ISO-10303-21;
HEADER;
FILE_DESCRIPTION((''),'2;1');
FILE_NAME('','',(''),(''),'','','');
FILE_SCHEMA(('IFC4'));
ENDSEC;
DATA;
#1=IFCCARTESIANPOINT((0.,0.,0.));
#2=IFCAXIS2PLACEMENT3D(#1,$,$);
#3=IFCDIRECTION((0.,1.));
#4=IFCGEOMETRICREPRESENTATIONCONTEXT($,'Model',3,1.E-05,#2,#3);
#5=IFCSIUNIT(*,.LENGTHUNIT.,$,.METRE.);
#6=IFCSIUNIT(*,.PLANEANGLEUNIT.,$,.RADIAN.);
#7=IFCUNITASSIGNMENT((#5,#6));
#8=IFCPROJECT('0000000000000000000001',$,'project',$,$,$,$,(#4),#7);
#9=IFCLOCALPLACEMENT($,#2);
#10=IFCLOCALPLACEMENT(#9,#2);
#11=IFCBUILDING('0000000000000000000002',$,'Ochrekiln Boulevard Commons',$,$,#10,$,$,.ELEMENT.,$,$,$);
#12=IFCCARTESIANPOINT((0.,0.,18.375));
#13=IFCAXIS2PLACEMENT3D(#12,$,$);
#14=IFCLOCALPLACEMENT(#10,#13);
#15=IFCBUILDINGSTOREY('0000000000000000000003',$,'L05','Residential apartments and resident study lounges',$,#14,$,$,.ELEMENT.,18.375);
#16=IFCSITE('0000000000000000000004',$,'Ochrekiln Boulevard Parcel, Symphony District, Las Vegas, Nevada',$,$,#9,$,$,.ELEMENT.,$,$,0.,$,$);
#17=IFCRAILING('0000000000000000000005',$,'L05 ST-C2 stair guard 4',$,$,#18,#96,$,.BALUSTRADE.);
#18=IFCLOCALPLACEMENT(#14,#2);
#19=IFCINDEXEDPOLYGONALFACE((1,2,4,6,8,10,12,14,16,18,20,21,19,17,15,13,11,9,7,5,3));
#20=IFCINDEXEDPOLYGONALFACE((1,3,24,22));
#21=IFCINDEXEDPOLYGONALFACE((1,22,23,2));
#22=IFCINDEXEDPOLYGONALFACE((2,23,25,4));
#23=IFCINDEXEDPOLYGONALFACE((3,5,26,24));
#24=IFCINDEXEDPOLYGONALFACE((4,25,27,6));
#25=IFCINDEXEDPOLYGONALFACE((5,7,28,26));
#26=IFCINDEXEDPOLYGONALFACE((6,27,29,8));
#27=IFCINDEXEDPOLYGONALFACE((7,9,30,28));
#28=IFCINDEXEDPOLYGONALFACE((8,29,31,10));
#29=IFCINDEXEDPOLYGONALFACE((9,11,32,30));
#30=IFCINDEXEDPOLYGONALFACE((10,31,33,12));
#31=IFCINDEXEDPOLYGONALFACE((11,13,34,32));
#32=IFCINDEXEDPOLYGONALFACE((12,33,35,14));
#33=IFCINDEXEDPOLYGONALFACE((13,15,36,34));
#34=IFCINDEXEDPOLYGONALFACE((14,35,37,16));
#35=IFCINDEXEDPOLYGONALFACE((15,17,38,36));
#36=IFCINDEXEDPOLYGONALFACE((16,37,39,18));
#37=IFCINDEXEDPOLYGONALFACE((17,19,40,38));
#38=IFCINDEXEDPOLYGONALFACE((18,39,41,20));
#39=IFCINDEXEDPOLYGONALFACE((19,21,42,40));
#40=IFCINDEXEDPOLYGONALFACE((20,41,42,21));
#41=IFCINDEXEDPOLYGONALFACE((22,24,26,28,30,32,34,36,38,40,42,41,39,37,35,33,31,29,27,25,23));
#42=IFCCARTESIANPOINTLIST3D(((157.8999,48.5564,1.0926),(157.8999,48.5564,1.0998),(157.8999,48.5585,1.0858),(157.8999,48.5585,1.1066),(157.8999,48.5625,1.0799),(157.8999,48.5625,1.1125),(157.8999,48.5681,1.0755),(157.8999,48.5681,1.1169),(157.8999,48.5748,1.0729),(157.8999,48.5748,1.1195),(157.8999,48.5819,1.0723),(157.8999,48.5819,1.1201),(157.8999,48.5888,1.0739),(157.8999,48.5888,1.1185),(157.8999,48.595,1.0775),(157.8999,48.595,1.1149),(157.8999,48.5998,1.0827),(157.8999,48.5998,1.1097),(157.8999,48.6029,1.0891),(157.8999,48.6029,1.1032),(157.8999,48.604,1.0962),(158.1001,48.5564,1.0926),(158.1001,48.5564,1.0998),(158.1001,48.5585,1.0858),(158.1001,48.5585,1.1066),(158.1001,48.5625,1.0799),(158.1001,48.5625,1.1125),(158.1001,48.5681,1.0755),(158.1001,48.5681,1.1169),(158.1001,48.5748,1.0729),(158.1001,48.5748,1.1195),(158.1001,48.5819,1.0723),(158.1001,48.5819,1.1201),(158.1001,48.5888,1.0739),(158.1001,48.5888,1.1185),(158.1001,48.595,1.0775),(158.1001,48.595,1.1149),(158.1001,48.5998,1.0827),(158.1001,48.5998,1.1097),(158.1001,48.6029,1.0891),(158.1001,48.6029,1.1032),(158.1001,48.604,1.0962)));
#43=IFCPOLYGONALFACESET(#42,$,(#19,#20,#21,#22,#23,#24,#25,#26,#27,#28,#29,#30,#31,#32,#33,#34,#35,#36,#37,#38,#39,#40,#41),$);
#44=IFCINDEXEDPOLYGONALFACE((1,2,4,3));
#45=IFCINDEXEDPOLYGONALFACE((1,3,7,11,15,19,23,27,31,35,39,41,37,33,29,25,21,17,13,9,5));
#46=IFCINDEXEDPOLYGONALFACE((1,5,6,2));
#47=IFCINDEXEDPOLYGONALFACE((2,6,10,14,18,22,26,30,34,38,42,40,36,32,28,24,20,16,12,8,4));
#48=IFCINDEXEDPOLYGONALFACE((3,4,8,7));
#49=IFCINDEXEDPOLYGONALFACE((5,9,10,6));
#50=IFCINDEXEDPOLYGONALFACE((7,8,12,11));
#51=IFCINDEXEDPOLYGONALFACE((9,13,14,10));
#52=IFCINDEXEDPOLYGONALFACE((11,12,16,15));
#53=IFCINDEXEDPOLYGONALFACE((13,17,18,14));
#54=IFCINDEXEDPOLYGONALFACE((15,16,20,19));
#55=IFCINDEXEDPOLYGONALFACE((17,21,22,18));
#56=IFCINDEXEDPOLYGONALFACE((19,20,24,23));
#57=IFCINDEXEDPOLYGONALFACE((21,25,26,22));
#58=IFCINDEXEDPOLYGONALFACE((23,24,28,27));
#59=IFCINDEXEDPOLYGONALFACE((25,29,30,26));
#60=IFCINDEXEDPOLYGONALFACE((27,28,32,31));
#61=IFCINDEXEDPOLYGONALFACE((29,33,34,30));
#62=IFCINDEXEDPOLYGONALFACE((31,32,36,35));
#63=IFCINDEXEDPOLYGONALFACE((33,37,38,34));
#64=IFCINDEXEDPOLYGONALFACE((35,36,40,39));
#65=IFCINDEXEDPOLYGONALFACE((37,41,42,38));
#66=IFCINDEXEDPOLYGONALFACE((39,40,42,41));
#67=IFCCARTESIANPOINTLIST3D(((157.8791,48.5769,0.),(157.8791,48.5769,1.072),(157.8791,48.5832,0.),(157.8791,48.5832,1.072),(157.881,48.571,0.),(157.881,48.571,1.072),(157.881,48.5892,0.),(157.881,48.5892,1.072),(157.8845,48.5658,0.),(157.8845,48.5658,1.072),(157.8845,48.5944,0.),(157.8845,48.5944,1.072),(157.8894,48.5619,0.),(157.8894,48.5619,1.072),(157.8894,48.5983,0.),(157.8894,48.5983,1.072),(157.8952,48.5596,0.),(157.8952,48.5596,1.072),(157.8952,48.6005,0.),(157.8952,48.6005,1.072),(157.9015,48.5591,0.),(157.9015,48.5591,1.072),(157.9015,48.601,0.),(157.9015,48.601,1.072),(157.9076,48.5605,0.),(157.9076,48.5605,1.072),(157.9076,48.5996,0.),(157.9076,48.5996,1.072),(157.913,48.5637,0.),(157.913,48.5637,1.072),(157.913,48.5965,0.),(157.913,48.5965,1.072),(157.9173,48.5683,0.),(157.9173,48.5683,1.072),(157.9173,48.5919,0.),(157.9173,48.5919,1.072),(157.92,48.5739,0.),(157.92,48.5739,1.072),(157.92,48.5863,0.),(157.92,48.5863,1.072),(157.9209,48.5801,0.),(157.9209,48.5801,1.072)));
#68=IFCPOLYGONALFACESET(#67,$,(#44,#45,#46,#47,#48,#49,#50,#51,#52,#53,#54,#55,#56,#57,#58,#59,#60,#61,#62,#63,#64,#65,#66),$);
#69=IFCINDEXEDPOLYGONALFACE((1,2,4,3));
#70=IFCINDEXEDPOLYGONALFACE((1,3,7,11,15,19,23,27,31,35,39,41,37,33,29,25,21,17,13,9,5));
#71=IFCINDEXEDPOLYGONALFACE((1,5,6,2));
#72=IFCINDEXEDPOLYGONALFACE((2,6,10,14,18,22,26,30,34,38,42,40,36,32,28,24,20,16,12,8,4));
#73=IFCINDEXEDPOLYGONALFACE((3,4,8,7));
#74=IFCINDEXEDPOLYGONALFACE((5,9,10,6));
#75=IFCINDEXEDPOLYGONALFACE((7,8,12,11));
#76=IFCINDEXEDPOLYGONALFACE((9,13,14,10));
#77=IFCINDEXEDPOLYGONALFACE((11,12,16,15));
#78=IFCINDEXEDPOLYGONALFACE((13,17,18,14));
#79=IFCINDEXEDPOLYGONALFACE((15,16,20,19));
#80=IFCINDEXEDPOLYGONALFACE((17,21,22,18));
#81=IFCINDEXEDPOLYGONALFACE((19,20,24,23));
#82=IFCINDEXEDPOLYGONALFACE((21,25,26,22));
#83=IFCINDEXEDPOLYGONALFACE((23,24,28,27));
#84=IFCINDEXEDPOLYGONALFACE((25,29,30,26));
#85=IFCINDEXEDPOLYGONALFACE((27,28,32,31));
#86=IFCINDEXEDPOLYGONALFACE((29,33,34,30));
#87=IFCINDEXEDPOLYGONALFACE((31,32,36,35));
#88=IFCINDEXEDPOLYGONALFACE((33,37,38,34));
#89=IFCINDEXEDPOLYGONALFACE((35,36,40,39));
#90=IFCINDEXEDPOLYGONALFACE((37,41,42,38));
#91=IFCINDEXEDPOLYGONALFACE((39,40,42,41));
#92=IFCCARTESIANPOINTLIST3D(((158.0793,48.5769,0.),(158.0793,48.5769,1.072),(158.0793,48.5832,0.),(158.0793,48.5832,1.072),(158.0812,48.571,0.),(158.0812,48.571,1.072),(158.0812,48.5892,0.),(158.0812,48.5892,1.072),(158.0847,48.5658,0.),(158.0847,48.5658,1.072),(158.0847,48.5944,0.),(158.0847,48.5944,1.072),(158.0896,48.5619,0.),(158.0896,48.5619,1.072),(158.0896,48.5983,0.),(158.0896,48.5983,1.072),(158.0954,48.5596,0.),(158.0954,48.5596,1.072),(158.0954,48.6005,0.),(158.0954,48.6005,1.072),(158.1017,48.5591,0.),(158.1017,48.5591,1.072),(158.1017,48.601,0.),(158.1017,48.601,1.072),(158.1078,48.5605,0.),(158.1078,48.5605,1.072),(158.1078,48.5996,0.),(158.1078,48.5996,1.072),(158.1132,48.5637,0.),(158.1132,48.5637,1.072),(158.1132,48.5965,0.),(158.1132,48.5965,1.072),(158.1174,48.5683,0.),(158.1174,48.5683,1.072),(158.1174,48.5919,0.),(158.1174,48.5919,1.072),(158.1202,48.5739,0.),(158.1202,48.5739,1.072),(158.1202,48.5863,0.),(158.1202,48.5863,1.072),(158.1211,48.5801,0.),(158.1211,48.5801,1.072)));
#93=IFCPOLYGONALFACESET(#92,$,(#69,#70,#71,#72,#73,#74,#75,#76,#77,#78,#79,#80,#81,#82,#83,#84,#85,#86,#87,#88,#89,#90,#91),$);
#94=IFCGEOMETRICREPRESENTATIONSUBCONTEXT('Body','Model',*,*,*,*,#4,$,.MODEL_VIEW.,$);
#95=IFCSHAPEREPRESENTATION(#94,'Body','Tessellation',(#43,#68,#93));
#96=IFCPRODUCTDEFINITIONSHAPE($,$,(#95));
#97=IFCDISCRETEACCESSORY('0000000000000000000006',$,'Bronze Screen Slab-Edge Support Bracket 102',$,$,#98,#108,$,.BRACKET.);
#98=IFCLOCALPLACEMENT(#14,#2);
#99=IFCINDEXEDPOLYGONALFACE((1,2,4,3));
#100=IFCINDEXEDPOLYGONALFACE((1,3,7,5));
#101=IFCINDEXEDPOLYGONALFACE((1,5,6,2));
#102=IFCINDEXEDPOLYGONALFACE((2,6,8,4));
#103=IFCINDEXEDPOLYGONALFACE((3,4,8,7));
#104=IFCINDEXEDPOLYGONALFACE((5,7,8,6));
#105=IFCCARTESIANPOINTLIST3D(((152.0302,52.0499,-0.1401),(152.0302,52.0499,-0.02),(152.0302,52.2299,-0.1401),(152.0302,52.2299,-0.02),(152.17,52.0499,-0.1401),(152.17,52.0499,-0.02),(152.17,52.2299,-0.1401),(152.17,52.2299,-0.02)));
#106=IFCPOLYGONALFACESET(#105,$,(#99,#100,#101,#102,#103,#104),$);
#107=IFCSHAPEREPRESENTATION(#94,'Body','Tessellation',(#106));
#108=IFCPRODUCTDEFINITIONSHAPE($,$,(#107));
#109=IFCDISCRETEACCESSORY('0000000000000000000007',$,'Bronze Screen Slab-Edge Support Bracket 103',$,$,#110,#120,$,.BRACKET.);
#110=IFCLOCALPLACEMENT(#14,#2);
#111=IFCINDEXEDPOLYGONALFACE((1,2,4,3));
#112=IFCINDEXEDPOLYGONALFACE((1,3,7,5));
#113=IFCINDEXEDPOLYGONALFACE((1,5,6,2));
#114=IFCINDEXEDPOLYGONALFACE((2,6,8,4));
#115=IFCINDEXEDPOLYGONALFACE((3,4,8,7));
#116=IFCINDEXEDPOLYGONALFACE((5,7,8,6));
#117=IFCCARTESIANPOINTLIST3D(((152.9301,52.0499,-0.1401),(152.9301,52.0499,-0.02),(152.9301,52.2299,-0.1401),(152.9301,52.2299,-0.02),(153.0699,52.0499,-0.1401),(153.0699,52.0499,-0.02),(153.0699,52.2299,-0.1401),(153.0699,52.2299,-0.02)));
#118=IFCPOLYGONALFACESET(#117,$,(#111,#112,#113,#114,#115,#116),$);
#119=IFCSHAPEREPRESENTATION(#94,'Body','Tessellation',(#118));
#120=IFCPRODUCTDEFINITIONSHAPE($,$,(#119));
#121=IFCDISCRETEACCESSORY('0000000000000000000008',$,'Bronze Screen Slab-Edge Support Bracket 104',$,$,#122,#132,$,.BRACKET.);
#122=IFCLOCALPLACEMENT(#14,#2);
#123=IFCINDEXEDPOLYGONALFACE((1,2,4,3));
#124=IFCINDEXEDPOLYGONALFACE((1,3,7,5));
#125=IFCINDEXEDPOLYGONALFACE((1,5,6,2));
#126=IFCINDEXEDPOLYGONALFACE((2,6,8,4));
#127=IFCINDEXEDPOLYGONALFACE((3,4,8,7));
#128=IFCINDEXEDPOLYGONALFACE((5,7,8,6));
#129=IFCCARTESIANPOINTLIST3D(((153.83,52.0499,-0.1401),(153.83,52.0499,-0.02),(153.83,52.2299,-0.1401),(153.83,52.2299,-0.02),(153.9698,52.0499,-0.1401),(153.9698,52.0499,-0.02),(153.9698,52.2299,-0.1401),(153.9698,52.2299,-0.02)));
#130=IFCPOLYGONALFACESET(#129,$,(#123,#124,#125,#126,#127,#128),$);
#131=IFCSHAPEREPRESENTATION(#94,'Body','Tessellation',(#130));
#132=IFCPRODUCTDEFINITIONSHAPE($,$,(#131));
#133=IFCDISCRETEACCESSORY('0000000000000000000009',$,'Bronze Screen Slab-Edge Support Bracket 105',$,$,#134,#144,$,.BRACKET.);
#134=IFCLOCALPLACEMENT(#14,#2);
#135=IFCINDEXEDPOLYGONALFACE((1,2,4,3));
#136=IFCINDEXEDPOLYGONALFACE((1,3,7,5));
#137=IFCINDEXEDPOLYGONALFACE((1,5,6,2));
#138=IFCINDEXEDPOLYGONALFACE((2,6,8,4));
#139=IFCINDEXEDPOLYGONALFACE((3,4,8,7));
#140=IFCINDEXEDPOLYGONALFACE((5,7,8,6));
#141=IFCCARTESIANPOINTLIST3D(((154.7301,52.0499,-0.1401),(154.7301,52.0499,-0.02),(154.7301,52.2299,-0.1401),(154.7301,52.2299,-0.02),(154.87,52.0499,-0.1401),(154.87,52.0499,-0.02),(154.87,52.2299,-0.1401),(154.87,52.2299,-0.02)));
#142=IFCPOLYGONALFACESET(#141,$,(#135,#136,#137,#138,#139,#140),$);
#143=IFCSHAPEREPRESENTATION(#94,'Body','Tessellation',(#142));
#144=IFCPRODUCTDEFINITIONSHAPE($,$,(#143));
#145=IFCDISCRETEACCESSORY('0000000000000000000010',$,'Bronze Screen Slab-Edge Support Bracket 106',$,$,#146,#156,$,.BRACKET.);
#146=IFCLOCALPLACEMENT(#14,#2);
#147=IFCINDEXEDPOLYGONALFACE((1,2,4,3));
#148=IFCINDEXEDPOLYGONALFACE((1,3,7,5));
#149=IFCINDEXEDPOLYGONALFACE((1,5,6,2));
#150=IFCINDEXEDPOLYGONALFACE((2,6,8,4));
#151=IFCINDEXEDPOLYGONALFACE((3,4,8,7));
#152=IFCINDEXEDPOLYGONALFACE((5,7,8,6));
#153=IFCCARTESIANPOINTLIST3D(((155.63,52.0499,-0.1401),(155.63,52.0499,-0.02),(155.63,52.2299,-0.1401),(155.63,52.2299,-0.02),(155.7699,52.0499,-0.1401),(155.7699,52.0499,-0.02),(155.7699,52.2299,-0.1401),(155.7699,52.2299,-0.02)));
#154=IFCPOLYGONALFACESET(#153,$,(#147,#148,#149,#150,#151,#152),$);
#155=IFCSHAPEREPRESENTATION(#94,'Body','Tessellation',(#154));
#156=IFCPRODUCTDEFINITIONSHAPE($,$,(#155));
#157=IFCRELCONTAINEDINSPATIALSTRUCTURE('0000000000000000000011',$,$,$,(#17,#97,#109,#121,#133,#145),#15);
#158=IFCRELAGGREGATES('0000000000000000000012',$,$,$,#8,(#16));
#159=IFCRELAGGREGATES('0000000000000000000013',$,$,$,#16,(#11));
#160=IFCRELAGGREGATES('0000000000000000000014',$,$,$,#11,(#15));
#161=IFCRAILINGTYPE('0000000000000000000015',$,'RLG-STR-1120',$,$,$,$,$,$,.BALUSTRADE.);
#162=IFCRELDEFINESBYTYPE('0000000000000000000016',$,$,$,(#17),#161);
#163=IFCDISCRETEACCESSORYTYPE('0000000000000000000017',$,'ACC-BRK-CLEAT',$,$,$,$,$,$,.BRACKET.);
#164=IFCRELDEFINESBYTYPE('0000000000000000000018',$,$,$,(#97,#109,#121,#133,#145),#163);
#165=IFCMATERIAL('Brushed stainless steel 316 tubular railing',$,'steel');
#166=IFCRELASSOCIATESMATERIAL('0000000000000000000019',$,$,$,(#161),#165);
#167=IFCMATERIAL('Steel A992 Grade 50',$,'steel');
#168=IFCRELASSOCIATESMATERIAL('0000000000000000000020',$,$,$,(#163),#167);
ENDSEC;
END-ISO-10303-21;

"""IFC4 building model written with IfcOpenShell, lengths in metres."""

from ifc_helpers import new_model, si_unit, direction, frame, origin, origin_2d, place, context, subcontext, project, spatial, rectangle, circle, extrude, material, type_object, element, save


model = new_model("IFC4")

# Units and contexts
model_context = context("Model", 3, precision=1e-05, world=origin(), true_north=direction((0.0, 1.0)))
body_context = subcontext(model_context, "Body", "Model", "MODEL_VIEW")
ifc_project = project(units=[si_unit("LENGTHUNIT", "METRE"), si_unit("PLANEANGLEUNIT", "RADIAN")], contexts=[model_context])

# Site, building, storey
site_placement = place(None, origin())
site = spatial("IfcSite", under=ifc_project, at=site_placement, Name="Ochrekiln Boulevard Parcel, Symphony District, Las Vegas, Nevada", CompositionType="ELEMENT", RefElevation=0.0)
building_placement = place(site_placement, origin())
building = spatial("IfcBuilding", under=site, at=building_placement, Name="Ochrekiln Boulevard Commons", CompositionType="ELEMENT")
storey_placement = place(building_placement, frame((0.0, 0.0, 18.375)))
storey = spatial("IfcBuildingStorey", under=building, at=storey_placement, Name="L05", Description="Residential apartments and resident study lounges", CompositionType="ELEMENT", Elevation=18.375)

# Railing
ifc_material_1 = material(Name="Brushed stainless steel 316 tubular railing", Category="steel")
railing_type_1 = type_object("IfcRailingType", Name="RLG-STR-1120", PredefinedType="BALUSTRADE", material=ifc_material_1)
railing_1_placement = place(storey_placement, frame((157.8999, 48.5801, 0.0)))
element("IfcRailing", 1, at=railing_1_placement, inside=storey, type_object=railing_type_1, Name="L05 ST-C2 stair guard 4", PredefinedType="BALUSTRADE", context=body_context, shape_type="SweptSolid", body=[
    extrude(circle(Radius=0.0239, at=origin_2d()), frame((0.0, 0.0, 1.0962), z_axis=(1.0, 0.0, 0.0), x_axis=(0.0, 1.0, 0.0)), (0.0, 0.0, 1.0), 0.2002),
    extrude(circle(Radius=0.021, at=origin_2d()), origin(), (0.0, 0.0, 1.0), 1.072),
    extrude(circle(Radius=0.021, at=origin_2d()), frame((0.2002, 0.0, 0.0)), (0.0, 0.0, 1.0), 1.072),
])

# Discrete accessories
ifc_material_2 = material(Name="Steel A992 Grade 50", Category="steel")
discrete_accessory_type = type_object("IfcDiscreteAccessoryType", Name="ACC-BRK-CLEAT", PredefinedType="BRACKET", material=ifc_material_2)
for number, where, z_axis, x_axis, name in (
    (2, (152.1001, 52.1399, -0.1401), (0.0, 0.0, 1.0), (1.0, 0.0, 0.0), "Bronze Screen Slab-Edge Support Bracket 102"),
    (3, (153.0, 52.1399, -0.1401), (0.0, 0.0, 1.0), (1.0, 0.0, 0.0), "Bronze Screen Slab-Edge Support Bracket 103"),
    (4, (153.8999, 52.1399, -0.1401), (0.0, 0.0, 1.0), (1.0, 0.0, 0.0), "Bronze Screen Slab-Edge Support Bracket 104"),
    (5, (154.8, 52.1399, -0.1401), (0.0, 0.0, 1.0), (1.0, 0.0, 0.0), "Bronze Screen Slab-Edge Support Bracket 105"),
    (6, (155.7, 52.1399, -0.1401), (0.0, 0.0, 1.0), (1.0, 0.0, 0.0), "Bronze Screen Slab-Edge Support Bracket 106"),
):
    element("IfcDiscreteAccessory", number, at=place(storey_placement, frame(where, z_axis=z_axis, x_axis=x_axis)), inside=storey, type_object=discrete_accessory_type, Name=name, PredefinedType="BRACKET", context=body_context, shape_type="SweptSolid", body=[
        extrude(rectangle(XDim=0.1399, YDim=0.1799, at=origin_2d()), origin(), (0.0, 0.0, 1.0), 0.1201),
    ])

save(model, "model.ifc")
